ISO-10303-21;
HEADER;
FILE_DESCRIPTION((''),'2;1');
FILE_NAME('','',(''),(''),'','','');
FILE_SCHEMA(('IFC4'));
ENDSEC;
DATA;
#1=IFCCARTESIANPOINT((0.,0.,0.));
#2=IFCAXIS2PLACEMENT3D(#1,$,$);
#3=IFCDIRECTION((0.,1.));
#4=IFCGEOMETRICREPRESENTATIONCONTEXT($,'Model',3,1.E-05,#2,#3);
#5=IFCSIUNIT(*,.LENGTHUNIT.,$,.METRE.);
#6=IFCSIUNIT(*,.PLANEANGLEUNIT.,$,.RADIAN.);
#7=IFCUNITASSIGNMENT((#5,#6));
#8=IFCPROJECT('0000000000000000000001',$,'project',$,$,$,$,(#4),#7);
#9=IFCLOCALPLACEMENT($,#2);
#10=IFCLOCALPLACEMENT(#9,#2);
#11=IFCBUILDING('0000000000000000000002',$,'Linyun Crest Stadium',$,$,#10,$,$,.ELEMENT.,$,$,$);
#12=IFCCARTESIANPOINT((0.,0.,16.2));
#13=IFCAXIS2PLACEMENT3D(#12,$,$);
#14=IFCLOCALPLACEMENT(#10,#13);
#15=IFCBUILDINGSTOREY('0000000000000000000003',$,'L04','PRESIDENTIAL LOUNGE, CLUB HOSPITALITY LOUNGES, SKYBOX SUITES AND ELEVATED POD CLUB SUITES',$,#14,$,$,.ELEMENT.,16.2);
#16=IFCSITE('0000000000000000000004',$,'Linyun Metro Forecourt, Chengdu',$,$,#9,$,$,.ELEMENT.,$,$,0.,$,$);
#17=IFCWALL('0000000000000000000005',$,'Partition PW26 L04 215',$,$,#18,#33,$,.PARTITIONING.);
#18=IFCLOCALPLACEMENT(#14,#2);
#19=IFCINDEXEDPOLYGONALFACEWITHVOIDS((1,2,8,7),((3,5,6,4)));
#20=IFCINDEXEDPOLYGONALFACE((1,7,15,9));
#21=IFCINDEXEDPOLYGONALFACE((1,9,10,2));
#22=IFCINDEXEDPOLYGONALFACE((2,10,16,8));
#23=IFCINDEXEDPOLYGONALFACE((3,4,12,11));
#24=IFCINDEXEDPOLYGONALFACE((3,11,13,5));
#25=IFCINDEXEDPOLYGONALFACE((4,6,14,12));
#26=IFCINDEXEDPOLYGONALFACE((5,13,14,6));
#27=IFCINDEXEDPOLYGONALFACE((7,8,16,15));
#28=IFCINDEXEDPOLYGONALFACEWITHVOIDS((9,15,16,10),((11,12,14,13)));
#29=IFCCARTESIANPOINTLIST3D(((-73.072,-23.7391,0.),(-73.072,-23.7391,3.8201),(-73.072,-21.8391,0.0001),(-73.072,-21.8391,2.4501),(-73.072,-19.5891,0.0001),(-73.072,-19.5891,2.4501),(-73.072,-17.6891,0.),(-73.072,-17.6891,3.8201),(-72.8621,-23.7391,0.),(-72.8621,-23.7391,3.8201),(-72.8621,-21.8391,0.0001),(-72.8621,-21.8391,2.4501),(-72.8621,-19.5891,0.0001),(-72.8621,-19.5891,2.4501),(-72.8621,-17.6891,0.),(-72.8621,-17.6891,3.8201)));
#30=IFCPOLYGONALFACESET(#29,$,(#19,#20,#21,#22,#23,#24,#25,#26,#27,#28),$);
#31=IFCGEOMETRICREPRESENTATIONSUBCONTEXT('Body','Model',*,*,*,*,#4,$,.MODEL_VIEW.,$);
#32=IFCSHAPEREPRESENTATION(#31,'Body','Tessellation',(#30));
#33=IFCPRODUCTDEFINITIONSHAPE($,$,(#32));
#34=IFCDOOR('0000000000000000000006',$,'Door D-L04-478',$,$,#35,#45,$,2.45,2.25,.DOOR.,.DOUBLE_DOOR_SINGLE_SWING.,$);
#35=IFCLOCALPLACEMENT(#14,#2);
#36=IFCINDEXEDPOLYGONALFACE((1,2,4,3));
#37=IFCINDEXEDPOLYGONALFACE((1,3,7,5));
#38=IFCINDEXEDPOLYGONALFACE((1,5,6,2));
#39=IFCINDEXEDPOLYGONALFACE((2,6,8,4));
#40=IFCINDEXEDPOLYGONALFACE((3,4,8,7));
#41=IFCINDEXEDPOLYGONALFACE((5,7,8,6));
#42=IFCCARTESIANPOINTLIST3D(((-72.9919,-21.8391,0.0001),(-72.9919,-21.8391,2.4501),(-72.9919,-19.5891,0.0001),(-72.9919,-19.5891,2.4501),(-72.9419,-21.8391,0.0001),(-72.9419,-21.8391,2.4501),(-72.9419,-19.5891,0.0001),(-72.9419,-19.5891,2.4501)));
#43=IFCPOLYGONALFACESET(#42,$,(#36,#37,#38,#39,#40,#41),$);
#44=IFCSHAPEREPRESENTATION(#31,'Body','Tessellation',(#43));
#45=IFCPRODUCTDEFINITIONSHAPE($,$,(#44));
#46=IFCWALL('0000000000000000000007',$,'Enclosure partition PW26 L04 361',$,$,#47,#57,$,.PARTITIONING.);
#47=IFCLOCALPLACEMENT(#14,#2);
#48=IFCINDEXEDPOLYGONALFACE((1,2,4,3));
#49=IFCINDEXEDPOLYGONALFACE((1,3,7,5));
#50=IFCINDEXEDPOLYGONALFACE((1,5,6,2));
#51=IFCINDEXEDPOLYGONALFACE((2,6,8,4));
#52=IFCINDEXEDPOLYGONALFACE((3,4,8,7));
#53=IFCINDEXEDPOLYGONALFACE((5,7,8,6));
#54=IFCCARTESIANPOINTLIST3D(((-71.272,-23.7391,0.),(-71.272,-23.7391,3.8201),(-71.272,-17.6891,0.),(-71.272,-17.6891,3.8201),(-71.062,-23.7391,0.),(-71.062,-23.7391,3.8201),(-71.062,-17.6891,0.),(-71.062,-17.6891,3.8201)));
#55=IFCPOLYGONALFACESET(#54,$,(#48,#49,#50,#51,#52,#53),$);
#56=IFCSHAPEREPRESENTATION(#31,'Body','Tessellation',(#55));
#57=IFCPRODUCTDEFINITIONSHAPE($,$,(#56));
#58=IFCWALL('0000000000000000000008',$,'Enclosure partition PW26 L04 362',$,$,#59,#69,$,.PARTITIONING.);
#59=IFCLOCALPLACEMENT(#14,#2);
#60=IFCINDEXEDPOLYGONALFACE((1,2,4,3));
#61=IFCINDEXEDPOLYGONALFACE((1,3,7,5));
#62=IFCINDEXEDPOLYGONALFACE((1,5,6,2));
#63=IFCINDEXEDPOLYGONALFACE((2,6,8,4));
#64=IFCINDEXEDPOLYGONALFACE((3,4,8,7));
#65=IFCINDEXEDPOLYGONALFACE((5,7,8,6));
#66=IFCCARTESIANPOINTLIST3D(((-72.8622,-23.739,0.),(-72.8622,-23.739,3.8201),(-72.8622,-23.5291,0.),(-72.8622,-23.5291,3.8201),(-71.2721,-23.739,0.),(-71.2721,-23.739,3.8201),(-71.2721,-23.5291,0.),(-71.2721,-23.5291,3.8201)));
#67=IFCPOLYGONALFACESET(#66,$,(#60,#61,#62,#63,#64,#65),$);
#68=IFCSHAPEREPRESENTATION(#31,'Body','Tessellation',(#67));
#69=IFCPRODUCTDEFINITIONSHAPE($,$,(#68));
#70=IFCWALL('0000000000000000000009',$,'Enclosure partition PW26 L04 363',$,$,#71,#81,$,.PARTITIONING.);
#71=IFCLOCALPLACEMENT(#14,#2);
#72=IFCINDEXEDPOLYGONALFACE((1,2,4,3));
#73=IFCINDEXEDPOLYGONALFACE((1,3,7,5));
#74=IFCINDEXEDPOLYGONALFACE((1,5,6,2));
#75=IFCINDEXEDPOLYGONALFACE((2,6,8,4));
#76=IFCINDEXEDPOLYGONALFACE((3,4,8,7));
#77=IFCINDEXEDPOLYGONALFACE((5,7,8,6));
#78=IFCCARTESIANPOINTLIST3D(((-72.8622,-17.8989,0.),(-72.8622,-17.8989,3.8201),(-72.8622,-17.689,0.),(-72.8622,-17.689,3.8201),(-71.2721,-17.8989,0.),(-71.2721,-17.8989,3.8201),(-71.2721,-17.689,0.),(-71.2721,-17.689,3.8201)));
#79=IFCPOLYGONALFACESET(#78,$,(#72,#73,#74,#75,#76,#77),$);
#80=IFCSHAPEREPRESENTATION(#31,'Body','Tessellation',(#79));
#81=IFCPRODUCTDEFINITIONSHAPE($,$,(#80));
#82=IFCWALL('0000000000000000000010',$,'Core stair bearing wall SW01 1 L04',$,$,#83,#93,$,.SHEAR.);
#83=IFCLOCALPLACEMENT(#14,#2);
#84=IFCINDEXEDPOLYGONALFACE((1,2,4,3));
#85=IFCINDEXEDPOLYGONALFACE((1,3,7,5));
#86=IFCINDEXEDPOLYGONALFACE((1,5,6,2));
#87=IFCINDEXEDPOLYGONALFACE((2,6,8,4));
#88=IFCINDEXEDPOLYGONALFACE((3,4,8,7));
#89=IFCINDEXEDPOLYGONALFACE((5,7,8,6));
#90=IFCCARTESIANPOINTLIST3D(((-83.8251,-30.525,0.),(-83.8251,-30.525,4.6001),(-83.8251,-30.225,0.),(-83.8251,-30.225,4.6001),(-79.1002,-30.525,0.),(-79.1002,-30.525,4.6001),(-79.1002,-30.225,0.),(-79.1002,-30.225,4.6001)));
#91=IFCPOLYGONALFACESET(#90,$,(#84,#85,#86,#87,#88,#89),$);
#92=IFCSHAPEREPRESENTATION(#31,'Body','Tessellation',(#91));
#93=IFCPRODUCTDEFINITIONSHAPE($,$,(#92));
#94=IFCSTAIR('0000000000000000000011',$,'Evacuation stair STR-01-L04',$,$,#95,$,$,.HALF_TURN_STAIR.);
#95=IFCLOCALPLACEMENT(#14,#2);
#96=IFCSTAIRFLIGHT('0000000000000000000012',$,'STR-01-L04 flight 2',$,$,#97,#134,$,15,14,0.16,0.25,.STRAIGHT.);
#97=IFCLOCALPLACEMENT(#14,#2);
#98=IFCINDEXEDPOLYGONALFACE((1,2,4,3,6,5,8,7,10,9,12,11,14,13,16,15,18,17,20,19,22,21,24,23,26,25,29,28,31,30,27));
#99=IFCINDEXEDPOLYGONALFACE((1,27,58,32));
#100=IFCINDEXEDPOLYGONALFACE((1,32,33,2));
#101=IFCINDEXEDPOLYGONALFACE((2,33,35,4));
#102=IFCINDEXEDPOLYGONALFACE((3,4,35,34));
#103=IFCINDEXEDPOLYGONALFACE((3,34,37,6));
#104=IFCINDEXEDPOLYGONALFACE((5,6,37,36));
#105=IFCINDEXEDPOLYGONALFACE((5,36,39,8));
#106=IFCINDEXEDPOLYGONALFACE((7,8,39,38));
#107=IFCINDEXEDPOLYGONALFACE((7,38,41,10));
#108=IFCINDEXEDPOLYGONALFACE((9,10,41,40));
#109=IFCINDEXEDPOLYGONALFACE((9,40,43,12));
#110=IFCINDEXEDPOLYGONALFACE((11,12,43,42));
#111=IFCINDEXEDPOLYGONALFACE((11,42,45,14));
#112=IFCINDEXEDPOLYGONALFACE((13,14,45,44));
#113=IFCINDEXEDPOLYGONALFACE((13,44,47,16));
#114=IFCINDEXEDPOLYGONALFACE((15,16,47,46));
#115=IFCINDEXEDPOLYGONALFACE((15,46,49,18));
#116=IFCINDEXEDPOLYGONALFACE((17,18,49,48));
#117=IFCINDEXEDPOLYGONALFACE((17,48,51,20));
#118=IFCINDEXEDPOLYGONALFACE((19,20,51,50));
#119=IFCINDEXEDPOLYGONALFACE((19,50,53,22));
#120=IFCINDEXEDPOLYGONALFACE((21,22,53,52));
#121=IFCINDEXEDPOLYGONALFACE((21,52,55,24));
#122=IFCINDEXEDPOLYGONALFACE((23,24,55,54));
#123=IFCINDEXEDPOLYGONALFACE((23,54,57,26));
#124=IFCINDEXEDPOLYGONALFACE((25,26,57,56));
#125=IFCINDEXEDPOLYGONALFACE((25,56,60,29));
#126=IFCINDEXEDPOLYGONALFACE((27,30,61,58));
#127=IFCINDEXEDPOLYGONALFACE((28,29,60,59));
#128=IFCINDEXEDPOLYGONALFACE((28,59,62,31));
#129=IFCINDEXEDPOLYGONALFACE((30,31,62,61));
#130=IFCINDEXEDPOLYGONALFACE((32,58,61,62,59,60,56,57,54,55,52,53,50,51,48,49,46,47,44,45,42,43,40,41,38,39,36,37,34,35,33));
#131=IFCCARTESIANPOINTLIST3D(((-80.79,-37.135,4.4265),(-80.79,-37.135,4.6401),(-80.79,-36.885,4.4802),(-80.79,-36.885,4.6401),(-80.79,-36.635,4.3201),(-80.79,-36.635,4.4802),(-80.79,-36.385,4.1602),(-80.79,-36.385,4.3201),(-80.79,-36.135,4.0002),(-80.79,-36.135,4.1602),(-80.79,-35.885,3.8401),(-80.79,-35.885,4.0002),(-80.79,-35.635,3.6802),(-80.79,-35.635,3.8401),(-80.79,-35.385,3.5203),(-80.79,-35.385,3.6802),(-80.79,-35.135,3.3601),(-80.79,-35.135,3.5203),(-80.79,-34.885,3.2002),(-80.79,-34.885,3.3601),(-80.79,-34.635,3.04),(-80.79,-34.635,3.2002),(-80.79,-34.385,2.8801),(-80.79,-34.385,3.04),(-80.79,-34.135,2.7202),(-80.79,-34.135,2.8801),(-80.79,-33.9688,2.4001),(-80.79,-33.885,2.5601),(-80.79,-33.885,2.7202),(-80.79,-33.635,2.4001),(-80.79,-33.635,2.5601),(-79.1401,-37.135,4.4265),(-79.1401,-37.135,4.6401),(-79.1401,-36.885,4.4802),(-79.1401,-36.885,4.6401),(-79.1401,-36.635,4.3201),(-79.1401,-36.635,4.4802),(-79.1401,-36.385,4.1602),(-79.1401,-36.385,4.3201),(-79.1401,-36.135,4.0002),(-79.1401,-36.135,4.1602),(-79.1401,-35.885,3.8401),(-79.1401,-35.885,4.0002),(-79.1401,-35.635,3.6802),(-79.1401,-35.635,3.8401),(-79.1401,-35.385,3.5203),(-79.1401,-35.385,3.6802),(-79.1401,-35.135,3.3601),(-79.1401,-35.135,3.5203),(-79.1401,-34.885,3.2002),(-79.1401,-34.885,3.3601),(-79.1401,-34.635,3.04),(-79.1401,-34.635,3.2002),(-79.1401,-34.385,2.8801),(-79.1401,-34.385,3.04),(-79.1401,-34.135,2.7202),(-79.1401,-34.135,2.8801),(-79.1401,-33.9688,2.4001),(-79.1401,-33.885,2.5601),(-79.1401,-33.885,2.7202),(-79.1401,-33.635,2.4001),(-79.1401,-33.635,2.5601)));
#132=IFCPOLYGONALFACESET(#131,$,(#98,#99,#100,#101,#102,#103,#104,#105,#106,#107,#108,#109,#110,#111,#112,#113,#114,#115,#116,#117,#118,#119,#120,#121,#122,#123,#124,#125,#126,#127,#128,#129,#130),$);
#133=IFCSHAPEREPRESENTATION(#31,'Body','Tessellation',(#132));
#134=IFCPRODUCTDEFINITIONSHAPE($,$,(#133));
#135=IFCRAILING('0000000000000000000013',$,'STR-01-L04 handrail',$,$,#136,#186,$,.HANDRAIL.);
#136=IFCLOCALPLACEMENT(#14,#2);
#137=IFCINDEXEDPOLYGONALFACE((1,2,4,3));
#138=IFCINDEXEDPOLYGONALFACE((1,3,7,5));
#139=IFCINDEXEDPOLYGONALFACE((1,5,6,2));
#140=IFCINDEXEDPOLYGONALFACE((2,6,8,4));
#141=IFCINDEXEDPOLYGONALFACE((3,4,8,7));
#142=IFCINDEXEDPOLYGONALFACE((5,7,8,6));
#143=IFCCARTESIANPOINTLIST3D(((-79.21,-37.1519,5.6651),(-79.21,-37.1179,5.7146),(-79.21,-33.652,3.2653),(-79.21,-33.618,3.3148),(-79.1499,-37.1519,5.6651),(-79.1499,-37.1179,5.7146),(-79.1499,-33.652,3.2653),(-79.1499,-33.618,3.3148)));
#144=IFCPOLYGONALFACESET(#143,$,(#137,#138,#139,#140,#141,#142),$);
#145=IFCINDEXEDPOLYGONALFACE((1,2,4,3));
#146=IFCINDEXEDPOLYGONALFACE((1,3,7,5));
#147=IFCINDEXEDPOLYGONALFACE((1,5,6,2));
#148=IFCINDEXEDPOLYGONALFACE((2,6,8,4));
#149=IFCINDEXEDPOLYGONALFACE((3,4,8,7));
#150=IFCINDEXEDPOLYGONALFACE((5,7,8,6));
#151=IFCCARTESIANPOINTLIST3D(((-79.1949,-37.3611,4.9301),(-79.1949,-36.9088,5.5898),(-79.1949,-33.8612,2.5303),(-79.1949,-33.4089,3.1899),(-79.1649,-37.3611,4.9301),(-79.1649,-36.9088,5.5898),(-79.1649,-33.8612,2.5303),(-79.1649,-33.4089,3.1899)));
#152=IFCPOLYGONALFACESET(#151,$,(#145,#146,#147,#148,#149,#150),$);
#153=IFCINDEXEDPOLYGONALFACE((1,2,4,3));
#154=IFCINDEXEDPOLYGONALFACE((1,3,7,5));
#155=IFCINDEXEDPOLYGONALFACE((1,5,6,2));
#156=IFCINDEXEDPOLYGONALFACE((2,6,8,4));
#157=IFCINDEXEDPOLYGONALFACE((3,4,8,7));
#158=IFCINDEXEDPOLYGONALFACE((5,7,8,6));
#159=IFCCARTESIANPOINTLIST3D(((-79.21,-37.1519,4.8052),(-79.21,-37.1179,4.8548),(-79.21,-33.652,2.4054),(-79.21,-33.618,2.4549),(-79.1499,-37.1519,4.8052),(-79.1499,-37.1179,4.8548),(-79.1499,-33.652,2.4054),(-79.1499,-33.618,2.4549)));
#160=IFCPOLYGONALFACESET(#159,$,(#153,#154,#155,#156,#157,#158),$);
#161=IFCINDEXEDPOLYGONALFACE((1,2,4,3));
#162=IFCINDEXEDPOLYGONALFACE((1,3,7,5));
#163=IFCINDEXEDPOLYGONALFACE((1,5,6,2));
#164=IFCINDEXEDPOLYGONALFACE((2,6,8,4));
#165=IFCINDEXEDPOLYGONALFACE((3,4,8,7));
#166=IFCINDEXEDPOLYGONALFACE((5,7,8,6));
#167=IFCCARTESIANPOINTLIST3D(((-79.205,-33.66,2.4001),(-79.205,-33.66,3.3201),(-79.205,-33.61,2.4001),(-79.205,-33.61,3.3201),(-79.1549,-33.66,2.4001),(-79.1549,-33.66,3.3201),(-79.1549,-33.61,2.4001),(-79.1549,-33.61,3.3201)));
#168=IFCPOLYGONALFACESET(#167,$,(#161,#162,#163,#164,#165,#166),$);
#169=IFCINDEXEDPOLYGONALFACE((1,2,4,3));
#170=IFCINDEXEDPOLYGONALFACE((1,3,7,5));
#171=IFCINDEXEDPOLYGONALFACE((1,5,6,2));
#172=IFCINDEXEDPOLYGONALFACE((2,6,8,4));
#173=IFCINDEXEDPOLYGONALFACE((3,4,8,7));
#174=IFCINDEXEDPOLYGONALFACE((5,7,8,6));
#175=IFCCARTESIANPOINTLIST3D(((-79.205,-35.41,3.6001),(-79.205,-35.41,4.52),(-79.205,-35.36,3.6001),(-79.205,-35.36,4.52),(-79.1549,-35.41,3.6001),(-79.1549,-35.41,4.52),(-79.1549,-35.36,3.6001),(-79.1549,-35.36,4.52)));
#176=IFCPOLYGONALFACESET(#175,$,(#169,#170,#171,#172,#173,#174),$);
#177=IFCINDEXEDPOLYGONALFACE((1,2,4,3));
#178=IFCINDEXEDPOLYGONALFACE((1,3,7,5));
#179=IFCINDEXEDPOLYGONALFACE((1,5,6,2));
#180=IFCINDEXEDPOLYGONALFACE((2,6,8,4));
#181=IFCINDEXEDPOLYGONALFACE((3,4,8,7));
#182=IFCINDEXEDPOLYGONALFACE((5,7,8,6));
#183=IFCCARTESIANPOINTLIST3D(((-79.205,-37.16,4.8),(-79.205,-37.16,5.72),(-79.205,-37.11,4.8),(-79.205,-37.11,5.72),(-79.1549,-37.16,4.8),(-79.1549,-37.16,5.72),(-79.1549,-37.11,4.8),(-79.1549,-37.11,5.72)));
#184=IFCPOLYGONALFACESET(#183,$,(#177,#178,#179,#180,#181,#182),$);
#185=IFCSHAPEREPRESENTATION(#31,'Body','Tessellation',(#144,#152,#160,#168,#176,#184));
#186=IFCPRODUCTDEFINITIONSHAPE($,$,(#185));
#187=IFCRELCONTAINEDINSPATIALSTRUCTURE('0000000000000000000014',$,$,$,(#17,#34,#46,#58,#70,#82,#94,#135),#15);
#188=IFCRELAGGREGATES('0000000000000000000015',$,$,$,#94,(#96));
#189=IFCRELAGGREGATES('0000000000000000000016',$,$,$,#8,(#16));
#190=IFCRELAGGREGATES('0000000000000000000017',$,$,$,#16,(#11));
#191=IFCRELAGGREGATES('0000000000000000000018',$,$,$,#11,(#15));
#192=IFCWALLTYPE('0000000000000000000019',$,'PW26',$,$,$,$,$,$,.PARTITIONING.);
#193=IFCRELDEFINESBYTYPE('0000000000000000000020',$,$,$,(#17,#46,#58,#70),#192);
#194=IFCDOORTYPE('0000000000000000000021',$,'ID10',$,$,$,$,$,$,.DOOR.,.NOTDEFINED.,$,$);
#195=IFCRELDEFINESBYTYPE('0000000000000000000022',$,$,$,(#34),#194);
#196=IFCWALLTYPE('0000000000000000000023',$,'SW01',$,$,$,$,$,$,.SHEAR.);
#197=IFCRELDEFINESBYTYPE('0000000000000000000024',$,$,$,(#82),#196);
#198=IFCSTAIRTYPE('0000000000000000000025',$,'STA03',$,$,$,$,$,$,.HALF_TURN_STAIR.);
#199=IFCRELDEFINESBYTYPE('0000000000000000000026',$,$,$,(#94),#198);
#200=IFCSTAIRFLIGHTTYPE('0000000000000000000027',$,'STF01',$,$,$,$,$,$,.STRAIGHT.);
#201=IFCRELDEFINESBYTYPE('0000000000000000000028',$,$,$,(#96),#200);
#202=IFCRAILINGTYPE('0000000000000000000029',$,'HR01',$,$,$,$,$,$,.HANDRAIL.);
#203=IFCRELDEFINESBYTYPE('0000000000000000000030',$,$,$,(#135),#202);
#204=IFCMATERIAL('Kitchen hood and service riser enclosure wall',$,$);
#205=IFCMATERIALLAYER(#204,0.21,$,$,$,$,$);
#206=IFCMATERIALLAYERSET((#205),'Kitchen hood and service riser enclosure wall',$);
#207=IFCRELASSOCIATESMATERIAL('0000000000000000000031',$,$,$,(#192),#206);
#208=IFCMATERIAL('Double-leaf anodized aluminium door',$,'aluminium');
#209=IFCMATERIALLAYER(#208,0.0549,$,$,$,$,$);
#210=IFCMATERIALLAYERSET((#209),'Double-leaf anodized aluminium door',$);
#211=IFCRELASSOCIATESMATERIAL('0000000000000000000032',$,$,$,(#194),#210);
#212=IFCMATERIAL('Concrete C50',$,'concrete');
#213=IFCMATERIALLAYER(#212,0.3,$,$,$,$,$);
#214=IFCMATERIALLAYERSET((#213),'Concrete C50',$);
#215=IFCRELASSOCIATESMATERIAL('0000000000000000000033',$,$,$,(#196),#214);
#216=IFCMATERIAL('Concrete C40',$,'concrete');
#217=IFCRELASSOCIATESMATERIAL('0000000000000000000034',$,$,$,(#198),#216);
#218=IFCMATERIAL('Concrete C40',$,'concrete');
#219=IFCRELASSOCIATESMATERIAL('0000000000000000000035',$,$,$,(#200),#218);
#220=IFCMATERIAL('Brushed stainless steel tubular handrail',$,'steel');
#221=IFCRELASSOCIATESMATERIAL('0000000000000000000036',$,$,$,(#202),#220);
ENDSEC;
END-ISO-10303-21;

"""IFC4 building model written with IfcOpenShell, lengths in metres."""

from ifc_helpers import new_model, si_unit, direction, frame, frame_2d, origin, origin_2d, place, context, subcontext, project, spatial, polyline, rectangle, outline, extrude, material, layer, layer_set, type_object, element, fill, aggregate, save


model = new_model("IFC4")

# Units and contexts
model_context = context("Model", 3, precision=1e-05, world=origin(), true_north=direction((0.0, 1.0)))
body_context = subcontext(model_context, "Body", "Model", "MODEL_VIEW")
ifc_project = project(units=[si_unit("LENGTHUNIT", "METRE"), si_unit("PLANEANGLEUNIT", "RADIAN")], contexts=[model_context])

# Site, building, storey
site_placement = place(None, origin())
site = spatial("IfcSite", under=ifc_project, at=site_placement, Name="Linyun Metro Forecourt, Chengdu", CompositionType="ELEMENT", RefElevation=0.0)
building_placement = place(site_placement, origin())
building = spatial("IfcBuilding", under=site, at=building_placement, Name="Linyun Crest Stadium", CompositionType="ELEMENT")
storey_placement = place(building_placement, frame((0.0, 0.0, 16.2)))
storey = spatial("IfcBuildingStorey", under=building, at=storey_placement, Name="L04", Description="PRESIDENTIAL LOUNGE, CLUB HOSPITALITY LOUNGES, SKYBOX SUITES AND ELEVATED POD CLUB SUITES", CompositionType="ELEMENT", Elevation=16.2)

# Wall, opening, door
ifc_material_1 = material(Name="Kitchen hood and service riser enclosure wall")
ifc_layer_1 = layer(ifc_material_1, 0.21)
ifc_layer_set_1 = layer_set([ifc_layer_1], Name="Kitchen hood and service riser enclosure wall")
wall_type_1 = type_object("IfcWallType", Name="PW26", PredefinedType="PARTITIONING", material=ifc_layer_set_1)
wall_1_placement = place(storey_placement, frame((-72.967, -23.739, 0.0), z_axis=(0.0, 0.0, 1.0), x_axis=(0.0, 1.0, 0.0)))
wall_1 = element("IfcWall", 1, at=wall_1_placement, inside=storey, type_object=wall_type_1, Name="Partition PW26 L04 215", PredefinedType="PARTITIONING", context=body_context, shape_type="SweptSolid", body=[
    extrude(rectangle(XDim=6.05, YDim=0.21, at=frame_2d((3.0249, 0.0))), origin(), (0.0, 0.0, 1.0), 3.8201),
])
opening_1_placement = place(wall_1_placement, frame((1.8999, 0.0, 0.0)))
opening_1 = element("IfcOpeningElement", 2, at=opening_1_placement, cuts=wall_1, PredefinedType="OPENING", context=body_context, shape_type="SweptSolid", body=[
    extrude(rectangle(XDim=2.25, YDim=2.45, at=frame_2d((1.125, 1.2251))), frame((0.0, 0.115, 0.0), z_axis=(0.0, -1.0, 0.0), x_axis=(1.0, 0.0, 0.0)), (0.0, 0.0, 1.0), 0.23),
])
ifc_material_2 = material(Name="Double-leaf anodized aluminium door", Category="aluminium")
ifc_layer_2 = layer(ifc_material_2, 0.0549)
ifc_layer_set_2 = layer_set([ifc_layer_2], Name="Double-leaf anodized aluminium door")
door_type_1 = type_object("IfcDoorType", Name="ID10", OperationType="NOTDEFINED", PredefinedType="DOOR", material=ifc_layer_set_2)
door_1_placement = place(opening_1_placement, origin())
door_1 = element("IfcDoor", 3, at=door_1_placement, inside=storey, type_object=door_type_1, Name="Door D-L04-478", OperationType="DOUBLE_DOOR_SINGLE_SWING", OverallHeight=2.45, OverallWidth=2.25, PredefinedType="DOOR", context=body_context, shape_type="SweptSolid", body=[
    extrude(rectangle(XDim=2.25, YDim=2.45, at=frame_2d((1.125, 1.2251))), frame((0.0, 0.0249, 0.0), z_axis=(0.0, -1.0, 0.0), x_axis=(1.0, 0.0, 0.0)), (0.0, 0.0, 1.0), 0.05),
])
fill(opening_1, door_1)

# Walls
wall_2_placement = place(storey_placement, frame((-71.167, -23.739, 0.0), z_axis=(0.0, 0.0, 1.0), x_axis=(0.0, 1.0, 0.0)))
element("IfcWall", 4, at=wall_2_placement, inside=storey, type_object=wall_type_1, Name="Enclosure partition PW26 L04 361", PredefinedType="PARTITIONING", context=body_context, shape_type="SweptSolid", body=[
    extrude(rectangle(XDim=6.05, YDim=0.21, at=frame_2d((3.0249, 0.0))), origin(), (0.0, 0.0, 1.0), 3.8201),
])
for number, where, z_axis, x_axis, name in (
    (5, (-72.8621, -23.634, 0.0), (0.0, 0.0, 1.0), (1.0, 0.0, 0.0), "Enclosure partition PW26 L04 362"),
    (6, (-72.8621, -17.7939, 0.0), (0.0, 0.0, 1.0), (1.0, 0.0, 0.0), "Enclosure partition PW26 L04 363"),
):
    element("IfcWall", number, at=place(storey_placement, frame(where, z_axis=z_axis, x_axis=x_axis)), inside=storey, type_object=wall_type_1, Name=name, PredefinedType="PARTITIONING", context=body_context, shape_type="SweptSolid", body=[
        extrude(rectangle(XDim=1.5901, YDim=0.21, at=frame_2d((0.7949, 0.0))), origin(), (0.0, 0.0, 1.0), 3.8201),
    ])
ifc_material_3 = material(Name="Concrete C50", Category="concrete")
ifc_layer_3 = layer(ifc_material_3, 0.3)
ifc_layer_set_3 = layer_set([ifc_layer_3], Name="Concrete C50")
wall_type_2 = type_object("IfcWallType", Name="SW01", PredefinedType="SHEAR", material=ifc_layer_set_3)
wall_3_placement = place(storey_placement, frame((-83.825, -30.375, 0.0), z_axis=(0.0, 0.0, 1.0), x_axis=(1.0, 0.0, 0.0)))
element("IfcWall", 7, at=wall_3_placement, inside=storey, type_object=wall_type_2, Name="Core stair bearing wall SW01 1 L04", PredefinedType="SHEAR", context=body_context, shape_type="SweptSolid", body=[
    extrude(rectangle(XDim=4.7249, YDim=0.3, at=frame_2d((2.3623, 0.0))), origin(), (0.0, 0.0, 1.0), 4.6001),
])

# Stair, stair flight
ifc_material_4 = material(Name="Concrete C40", Category="concrete")
stair_type = type_object("IfcStairType", Name="STA03", PredefinedType="HALF_TURN_STAIR", material=ifc_material_4)
stair_placement = place(storey_placement, origin())
stair = element("IfcStair", 8, at=stair_placement, inside=storey, type_object=stair_type, Name="Evacuation stair STR-01-L04", PredefinedType="HALF_TURN_STAIR")
ifc_material_5 = material(Name="Concrete C40", Category="concrete")
stair_flight_type = type_object("IfcStairFlightType", Name="STF01", PredefinedType="STRAIGHT", material=ifc_material_5)
stair_flight_placement = place(storey_placement, frame((-79.9651, -33.635, 2.4001), z_axis=(0.0, 0.0, 1.0), x_axis=(0.0, -1.0, 0.0)))
stair_flight = element("IfcStairFlight", 9, at=stair_flight_placement, type_object=stair_flight_type, Name="STR-01-L04 flight 2", NumberOfRisers=15, NumberOfTreads=14, PredefinedType="STRAIGHT", RiserHeight=0.16, TreadLength=0.25, context=body_context, shape_type="SweptSolid", body=[
    extrude(outline(polyline([(0.0, 0.0), (0.0, 0.1599), (0.25, 0.1599), (0.25, 0.3201), (0.5, 0.3201), (0.5, 0.48), (0.75, 0.48), (0.75, 0.6399), (1.0, 0.6399), (1.0, 0.8), (1.25, 0.8), (1.25, 0.96), (1.5, 0.96), (1.5, 1.1201), (1.75, 1.1201), (1.75, 1.28), (2.0, 1.28), (2.0, 1.4399), (2.25, 1.4399), (2.25, 1.6001), (2.5, 1.6001), (2.5, 1.76), (2.75, 1.76), (2.75, 1.9199), (3.0, 1.9199), (3.0, 2.0801), (3.25, 2.0801), (3.25, 2.24), (3.5, 2.24), (3.5, 2.3999), (3.5, 2.0264), (0.3337, 0.0), (0.0, 0.0)])), frame((0.0, 0.825, 0.0), z_axis=(0.0, -1.0, 0.0), x_axis=(1.0, 0.0, 0.0)), (0.0, 0.0, 1.0), 1.6499),
])
aggregate(stair, [stair_flight])

# Railing
ifc_material_6 = material(Name="Brushed stainless steel tubular handrail", Category="steel")
railing_type = type_object("IfcRailingType", Name="HR01", PredefinedType="HANDRAIL", material=ifc_material_6)
railing_placement = place(storey_placement, frame((-79.1799, -33.635, 2.4001)))
element("IfcRailing", 10, at=railing_placement, inside=storey, type_object=railing_type, Name="STR-01-L04 handrail", PredefinedType="HANDRAIL", context=body_context, shape_type="SweptSolid", body=[
    extrude(rectangle(XDim=0.0601, YDim=0.0601, at=origin_2d()), frame((0.0, 0.0, 0.8899), z_axis=(0.0, -0.82474, 0.565513), x_axis=(1.0, 0.0, 0.0)), (0.0, 0.0, 1.0), 4.2437),
    extrude(rectangle(XDim=0.03, YDim=0.7998, at=origin_2d()), frame((0.0, 0.0, 0.46), z_axis=(0.0, -0.82474, 0.565513), x_axis=(1.0, 0.0, 0.0)), (0.0, 0.0, 1.0), 4.2437),
    extrude(rectangle(XDim=0.0601, YDim=0.0601, at=origin_2d()), frame((0.0, 0.0, 0.03), z_axis=(0.0, -0.82474, 0.565513), x_axis=(1.0, 0.0, 0.0)), (0.0, 0.0, 1.0), 4.2437),
    extrude(rectangle(XDim=0.05, YDim=0.05, at=origin_2d()), origin(), (0.0, 0.0, 1.0), 0.9199),
    extrude(rectangle(XDim=0.05, YDim=0.05, at=origin_2d()), frame((0.0, -1.75, 1.2)), (0.0, 0.0, 1.0), 0.9199),
    extrude(rectangle(XDim=0.05, YDim=0.05, at=origin_2d()), frame((0.0, -3.5, 2.3999)), (0.0, 0.0, 1.0), 0.9199),
])

save(model, "model.ifc")
